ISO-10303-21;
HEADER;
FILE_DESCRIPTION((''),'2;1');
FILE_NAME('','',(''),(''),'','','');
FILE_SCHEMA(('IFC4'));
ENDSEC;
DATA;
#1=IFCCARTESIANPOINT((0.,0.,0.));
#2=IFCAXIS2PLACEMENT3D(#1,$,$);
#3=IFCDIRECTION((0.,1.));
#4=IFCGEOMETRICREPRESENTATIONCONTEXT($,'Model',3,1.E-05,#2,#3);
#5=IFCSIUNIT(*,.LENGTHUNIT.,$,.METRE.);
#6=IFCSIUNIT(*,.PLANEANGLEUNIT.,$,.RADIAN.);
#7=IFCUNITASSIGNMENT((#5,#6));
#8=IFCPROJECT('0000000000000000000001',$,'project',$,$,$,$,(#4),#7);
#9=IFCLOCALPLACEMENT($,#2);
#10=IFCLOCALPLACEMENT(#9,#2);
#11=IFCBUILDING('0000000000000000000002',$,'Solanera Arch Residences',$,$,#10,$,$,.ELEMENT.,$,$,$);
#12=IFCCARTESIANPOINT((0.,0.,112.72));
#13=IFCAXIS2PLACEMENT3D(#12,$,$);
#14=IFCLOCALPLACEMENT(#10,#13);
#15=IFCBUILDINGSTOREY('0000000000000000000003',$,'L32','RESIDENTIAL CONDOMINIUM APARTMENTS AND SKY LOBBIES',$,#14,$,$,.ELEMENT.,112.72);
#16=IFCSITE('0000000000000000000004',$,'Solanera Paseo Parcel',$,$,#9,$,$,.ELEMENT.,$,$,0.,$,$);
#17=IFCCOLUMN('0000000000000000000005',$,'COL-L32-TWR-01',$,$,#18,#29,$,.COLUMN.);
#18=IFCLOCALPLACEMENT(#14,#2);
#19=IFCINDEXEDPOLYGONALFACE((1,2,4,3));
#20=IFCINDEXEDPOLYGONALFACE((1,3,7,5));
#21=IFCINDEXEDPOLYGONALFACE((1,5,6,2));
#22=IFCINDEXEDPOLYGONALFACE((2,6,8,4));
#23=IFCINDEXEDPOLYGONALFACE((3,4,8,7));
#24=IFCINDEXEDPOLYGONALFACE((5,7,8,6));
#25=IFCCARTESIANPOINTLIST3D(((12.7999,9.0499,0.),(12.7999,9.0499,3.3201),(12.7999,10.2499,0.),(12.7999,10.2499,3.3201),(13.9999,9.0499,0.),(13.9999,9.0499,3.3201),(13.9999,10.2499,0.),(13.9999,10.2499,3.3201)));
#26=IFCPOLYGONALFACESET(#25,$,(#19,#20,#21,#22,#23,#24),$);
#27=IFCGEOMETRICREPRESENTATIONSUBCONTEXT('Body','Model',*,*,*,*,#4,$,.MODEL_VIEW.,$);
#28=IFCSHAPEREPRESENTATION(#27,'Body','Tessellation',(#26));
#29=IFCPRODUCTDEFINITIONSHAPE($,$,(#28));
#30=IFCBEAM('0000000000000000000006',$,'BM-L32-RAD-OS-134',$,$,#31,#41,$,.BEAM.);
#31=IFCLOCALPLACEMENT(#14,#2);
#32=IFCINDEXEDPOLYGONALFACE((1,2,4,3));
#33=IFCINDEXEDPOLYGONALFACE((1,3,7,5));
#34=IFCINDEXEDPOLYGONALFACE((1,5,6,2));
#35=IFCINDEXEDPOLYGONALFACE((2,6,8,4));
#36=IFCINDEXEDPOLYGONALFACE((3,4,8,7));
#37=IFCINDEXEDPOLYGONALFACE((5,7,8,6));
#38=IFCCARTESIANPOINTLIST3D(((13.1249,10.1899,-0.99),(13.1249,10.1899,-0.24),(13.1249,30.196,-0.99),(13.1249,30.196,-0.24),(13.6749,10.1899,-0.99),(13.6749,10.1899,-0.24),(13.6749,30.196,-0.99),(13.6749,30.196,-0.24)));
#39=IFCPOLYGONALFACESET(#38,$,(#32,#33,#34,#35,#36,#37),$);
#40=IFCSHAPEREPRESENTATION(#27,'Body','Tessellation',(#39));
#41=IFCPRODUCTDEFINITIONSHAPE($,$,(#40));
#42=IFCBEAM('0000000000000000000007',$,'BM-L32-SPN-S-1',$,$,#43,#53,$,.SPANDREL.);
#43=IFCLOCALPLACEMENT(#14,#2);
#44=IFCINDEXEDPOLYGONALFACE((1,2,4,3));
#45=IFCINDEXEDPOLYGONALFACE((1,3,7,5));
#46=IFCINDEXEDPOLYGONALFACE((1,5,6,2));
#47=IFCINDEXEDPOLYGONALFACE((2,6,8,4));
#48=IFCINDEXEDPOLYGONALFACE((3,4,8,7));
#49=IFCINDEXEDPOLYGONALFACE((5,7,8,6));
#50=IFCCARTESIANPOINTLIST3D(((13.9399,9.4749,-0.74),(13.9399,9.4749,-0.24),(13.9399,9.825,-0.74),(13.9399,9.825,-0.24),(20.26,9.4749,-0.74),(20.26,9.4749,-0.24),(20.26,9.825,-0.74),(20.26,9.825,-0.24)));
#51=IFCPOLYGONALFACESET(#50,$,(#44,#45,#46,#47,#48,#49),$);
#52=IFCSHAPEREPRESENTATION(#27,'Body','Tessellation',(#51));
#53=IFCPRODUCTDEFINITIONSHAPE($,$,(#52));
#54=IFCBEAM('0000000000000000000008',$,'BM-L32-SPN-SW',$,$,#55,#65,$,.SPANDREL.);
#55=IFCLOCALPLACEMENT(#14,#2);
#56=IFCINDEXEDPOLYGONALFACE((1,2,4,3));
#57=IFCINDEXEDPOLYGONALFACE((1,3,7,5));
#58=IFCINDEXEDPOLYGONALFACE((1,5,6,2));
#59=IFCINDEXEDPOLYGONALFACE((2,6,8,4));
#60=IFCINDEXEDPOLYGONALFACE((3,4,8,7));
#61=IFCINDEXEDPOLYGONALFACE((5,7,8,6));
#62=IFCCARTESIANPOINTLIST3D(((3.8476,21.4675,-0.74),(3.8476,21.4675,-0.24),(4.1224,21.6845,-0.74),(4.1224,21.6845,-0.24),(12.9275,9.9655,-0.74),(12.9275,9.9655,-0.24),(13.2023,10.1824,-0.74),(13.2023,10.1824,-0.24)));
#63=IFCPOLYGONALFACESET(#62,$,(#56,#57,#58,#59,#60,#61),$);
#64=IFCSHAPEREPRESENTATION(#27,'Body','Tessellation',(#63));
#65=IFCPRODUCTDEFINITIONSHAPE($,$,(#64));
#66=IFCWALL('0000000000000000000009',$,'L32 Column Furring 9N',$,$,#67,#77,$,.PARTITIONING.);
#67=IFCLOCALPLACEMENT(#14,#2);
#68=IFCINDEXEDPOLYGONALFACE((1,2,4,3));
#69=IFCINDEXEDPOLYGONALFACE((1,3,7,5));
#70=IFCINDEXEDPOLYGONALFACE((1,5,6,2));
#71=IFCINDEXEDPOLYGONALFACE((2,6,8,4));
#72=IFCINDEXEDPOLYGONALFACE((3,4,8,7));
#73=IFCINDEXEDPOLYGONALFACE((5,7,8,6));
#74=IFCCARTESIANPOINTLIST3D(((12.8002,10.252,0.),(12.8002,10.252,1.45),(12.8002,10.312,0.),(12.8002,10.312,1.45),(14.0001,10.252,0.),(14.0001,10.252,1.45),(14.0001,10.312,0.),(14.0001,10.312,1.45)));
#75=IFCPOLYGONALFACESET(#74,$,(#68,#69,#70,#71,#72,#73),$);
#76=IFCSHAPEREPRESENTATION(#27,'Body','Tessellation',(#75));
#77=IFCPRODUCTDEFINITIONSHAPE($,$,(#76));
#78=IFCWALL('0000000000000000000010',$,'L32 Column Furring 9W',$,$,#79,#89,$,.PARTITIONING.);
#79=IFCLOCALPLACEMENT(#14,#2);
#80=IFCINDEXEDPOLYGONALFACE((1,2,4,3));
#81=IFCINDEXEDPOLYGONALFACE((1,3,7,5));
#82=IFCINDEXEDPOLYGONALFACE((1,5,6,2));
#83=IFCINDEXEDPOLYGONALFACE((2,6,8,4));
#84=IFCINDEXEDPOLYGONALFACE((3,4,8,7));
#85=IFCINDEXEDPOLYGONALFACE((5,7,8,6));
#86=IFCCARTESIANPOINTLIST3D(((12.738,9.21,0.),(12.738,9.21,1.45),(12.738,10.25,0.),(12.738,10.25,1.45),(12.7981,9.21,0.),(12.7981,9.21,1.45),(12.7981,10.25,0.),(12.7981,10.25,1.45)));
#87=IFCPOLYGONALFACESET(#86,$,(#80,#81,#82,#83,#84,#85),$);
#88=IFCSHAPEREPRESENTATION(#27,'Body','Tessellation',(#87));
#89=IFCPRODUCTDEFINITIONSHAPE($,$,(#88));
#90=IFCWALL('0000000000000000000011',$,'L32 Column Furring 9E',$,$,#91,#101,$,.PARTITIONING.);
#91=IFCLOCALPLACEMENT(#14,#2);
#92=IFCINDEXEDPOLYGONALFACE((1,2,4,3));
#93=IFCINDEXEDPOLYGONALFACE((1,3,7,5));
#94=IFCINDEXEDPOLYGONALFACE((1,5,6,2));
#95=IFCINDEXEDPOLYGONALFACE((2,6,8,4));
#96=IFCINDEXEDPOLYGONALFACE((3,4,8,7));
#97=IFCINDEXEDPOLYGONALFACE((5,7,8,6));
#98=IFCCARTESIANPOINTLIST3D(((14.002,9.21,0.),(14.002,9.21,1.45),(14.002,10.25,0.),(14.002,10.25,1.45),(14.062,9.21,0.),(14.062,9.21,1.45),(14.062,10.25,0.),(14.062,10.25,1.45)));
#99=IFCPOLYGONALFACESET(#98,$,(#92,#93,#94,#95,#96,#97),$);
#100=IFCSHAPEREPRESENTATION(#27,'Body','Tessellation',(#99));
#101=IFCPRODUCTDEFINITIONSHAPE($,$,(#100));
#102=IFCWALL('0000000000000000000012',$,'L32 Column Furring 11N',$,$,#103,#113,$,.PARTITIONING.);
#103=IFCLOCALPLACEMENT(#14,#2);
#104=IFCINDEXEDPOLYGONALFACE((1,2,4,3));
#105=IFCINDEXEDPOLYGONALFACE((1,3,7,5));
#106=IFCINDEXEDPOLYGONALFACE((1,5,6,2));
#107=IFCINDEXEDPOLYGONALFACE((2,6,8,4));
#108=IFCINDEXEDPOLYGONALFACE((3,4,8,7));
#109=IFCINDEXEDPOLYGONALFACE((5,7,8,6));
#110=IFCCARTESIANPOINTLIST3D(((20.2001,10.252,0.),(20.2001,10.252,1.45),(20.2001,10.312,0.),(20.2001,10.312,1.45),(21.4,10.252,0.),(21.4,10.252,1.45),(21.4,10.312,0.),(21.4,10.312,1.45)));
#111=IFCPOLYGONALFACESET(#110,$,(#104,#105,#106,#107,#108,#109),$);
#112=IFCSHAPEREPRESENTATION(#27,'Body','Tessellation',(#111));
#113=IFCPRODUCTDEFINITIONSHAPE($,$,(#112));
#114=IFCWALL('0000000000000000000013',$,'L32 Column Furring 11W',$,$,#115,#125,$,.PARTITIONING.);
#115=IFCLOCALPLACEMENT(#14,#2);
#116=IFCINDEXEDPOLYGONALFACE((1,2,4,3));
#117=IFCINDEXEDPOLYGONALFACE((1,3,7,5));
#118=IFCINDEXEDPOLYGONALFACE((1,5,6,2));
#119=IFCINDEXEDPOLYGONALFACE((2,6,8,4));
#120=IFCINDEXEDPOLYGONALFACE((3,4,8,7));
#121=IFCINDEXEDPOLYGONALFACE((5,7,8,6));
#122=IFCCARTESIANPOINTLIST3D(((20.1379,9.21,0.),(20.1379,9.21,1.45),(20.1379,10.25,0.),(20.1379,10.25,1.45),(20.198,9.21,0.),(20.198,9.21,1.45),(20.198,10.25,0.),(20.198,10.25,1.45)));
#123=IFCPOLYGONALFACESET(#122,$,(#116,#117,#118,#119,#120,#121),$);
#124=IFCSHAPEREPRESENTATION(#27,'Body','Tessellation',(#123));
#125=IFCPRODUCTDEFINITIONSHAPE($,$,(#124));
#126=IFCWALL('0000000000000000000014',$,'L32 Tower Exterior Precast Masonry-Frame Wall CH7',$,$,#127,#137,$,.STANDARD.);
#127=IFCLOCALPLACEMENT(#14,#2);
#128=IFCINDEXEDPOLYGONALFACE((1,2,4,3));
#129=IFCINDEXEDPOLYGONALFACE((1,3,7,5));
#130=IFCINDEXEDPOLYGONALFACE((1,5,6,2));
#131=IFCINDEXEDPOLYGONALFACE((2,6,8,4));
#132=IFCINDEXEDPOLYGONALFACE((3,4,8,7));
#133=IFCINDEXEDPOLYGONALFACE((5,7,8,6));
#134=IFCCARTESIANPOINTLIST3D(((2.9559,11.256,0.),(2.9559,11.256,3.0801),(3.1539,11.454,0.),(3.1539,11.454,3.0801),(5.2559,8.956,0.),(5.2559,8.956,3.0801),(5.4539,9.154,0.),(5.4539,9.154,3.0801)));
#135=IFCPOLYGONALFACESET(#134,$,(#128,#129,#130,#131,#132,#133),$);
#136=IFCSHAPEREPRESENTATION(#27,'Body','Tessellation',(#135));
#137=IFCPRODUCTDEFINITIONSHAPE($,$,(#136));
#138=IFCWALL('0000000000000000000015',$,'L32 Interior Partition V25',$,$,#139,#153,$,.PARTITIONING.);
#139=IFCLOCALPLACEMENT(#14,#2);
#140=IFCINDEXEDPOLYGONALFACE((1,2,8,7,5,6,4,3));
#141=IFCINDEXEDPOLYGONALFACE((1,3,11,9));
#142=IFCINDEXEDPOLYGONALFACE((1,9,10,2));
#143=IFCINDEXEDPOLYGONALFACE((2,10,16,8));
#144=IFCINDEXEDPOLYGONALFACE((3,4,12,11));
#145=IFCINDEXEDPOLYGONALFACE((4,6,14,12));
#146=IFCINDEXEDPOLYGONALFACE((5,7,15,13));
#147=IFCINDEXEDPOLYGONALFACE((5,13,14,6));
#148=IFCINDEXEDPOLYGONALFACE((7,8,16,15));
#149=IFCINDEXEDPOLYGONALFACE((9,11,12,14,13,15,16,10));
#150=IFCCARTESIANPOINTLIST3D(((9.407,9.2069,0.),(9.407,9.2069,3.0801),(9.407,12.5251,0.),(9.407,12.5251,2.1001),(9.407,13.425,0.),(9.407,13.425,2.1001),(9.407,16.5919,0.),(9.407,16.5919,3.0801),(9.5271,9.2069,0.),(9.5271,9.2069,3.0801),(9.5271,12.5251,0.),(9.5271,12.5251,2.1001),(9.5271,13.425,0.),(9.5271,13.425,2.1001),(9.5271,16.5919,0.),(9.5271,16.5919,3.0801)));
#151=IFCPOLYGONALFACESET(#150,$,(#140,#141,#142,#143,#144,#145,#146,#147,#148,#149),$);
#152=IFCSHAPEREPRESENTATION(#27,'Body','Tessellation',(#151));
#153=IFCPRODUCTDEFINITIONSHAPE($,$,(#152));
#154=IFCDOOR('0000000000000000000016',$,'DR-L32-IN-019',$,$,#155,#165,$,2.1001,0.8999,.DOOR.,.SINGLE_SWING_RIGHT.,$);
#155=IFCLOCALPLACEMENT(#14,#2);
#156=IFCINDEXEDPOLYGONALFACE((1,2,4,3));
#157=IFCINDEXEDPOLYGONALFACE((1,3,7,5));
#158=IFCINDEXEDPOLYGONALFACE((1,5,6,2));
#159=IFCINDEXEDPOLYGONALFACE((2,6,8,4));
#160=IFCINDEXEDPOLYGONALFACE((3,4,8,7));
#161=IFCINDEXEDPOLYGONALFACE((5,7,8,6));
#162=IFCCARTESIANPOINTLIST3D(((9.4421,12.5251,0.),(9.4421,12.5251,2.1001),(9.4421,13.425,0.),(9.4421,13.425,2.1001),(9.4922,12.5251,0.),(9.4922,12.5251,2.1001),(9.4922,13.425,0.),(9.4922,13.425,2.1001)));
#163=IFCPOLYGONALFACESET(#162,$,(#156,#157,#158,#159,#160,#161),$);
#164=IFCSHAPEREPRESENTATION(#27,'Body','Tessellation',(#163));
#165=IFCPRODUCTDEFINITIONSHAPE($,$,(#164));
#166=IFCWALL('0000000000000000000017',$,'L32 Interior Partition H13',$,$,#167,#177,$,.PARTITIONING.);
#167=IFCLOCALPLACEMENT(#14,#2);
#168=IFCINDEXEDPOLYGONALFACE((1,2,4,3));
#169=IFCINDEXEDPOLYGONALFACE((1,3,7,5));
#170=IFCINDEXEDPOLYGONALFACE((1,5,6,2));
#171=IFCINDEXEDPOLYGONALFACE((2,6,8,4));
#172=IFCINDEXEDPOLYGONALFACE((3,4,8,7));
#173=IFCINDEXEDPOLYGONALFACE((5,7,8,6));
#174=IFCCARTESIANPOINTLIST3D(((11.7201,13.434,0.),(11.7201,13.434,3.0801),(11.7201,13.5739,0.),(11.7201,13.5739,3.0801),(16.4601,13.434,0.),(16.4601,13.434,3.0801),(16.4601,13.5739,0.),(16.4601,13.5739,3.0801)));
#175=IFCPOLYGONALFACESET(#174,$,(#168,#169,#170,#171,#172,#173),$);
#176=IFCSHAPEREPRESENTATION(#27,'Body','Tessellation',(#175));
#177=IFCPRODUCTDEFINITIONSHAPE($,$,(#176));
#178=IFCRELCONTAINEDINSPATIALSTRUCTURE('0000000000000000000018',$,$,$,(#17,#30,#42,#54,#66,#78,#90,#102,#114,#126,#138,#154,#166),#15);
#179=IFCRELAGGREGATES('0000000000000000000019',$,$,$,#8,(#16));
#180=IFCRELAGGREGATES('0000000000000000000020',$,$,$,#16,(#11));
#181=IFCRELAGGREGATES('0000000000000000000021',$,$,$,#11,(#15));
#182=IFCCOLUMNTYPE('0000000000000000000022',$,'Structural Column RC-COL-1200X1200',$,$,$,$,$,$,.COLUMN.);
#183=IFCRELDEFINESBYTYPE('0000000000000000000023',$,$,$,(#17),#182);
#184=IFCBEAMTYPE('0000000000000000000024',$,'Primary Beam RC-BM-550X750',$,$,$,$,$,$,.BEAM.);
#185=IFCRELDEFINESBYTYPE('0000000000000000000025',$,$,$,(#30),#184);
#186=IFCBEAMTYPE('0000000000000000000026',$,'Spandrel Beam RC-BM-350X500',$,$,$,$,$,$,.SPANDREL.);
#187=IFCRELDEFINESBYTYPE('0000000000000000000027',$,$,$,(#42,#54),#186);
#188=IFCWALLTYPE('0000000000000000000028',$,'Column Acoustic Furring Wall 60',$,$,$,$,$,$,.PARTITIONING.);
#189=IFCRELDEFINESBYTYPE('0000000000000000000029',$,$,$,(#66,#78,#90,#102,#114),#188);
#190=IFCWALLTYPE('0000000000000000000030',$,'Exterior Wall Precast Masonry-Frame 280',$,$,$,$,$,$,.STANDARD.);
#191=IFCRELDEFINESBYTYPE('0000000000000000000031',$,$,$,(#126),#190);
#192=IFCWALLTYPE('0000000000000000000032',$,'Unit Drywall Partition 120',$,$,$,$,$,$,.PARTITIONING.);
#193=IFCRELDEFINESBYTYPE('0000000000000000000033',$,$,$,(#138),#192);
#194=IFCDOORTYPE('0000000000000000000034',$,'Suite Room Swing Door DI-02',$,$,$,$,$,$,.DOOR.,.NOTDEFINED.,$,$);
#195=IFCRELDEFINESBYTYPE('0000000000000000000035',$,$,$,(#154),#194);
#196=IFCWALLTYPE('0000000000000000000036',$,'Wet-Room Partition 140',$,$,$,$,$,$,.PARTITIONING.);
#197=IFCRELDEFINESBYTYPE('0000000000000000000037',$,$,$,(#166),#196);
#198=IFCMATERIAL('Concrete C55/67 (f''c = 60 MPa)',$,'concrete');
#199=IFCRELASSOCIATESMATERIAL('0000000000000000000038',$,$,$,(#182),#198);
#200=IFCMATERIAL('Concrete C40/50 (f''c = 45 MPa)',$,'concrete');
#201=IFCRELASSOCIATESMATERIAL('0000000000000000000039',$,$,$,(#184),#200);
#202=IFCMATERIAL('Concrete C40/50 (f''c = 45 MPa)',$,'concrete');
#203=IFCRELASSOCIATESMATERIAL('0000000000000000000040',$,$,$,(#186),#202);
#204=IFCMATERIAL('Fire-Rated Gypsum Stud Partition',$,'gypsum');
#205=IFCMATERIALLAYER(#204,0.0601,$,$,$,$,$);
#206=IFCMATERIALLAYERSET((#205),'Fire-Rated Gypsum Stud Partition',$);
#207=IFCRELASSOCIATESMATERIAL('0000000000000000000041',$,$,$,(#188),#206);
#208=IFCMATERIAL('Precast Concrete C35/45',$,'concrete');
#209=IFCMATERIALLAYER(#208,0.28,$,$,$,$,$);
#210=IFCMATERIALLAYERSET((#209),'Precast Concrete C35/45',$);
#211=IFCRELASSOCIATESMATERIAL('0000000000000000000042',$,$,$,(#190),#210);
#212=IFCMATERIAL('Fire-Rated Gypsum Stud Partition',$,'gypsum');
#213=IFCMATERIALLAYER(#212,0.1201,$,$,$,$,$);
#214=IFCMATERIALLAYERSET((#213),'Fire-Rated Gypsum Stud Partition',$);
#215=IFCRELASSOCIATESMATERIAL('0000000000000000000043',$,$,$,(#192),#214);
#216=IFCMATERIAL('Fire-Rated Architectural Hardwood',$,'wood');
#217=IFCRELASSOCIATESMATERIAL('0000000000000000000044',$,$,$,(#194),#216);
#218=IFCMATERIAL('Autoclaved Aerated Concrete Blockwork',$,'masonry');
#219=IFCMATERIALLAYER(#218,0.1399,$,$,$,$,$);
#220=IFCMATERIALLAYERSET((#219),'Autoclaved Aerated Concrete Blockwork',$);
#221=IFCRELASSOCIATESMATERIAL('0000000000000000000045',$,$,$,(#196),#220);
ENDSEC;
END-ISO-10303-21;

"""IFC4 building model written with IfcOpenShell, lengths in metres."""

from ifc_helpers import new_model, si_unit, direction, frame, frame_2d, origin, origin_2d, place, context, subcontext, project, spatial, rectangle, extrude, material, layer, layer_set, material_profile, profile_set, type_object, element, fill, save


model = new_model("IFC4")

# Units and contexts
model_context = context("Model", 3, precision=1e-05, world=origin(), true_north=direction((0.0, 1.0)))
body_context = subcontext(model_context, "Body", "Model", "MODEL_VIEW")
ifc_project = project(units=[si_unit("LENGTHUNIT", "METRE"), si_unit("PLANEANGLEUNIT", "RADIAN")], contexts=[model_context])

# Site, building, storey
site_placement = place(None, origin())
site = spatial("IfcSite", under=ifc_project, at=site_placement, Name="Solanera Paseo Parcel", CompositionType="ELEMENT", RefElevation=0.0)
building_placement = place(site_placement, origin())
building = spatial("IfcBuilding", under=site, at=building_placement, Name="Solanera Arch Residences", CompositionType="ELEMENT")
storey_placement = place(building_placement, frame((0.0, 0.0, 112.72)))
storey = spatial("IfcBuildingStorey", under=building, at=storey_placement, Name="L32", Description="RESIDENTIAL CONDOMINIUM APARTMENTS AND SKY LOBBIES", CompositionType="ELEMENT", Elevation=112.72)

# Column
ifc_material_1 = material(Name="Concrete C55/67 (f'c = 60 MPa)", Category="concrete")
ifc_material_profile_1 = material_profile(ifc_material_1, rectangle(XDim=1.2, YDim=1.2, at=origin_2d()))
ifc_profile_set_1 = profile_set([ifc_material_profile_1], Name="Concrete C55/67 (f'c = 60 MPa)")
column_type = type_object("IfcColumnType", Name="Structural Column RC-COL-1200X1200", PredefinedType="COLUMN", material=ifc_profile_set_1)
column_placement = place(storey_placement, frame((13.3999, 9.6499, 0.0), z_axis=(0.0, 0.0, 1.0), x_axis=(1.0, 0.0, 0.0)))
element("IfcColumn", 1, at=column_placement, inside=storey, type_object=column_type, Name="COL-L32-TWR-01", PredefinedType="COLUMN", context=body_context, shape_type="SweptSolid", body=[
    extrude(rectangle(XDim=1.2, YDim=1.2, at=origin_2d()), origin(), (0.0, 0.0, 1.0), 3.3201),
])

# Beams
ifc_material_2 = material(Name="Concrete C40/50 (f'c = 45 MPa)", Category="concrete")
ifc_material_profile_2 = material_profile(ifc_material_2, rectangle(XDim=0.55, YDim=0.75, at=origin_2d()))
ifc_profile_set_2 = profile_set([ifc_material_profile_2], Name="Concrete C40/50 (f'c = 45 MPa)")
beam_type_1 = type_object("IfcBeamType", Name="Primary Beam RC-BM-550X750", PredefinedType="BEAM", material=ifc_profile_set_2)
beam_1_placement = place(storey_placement, frame((13.3999, 10.1899, -0.615), z_axis=(0.0, 1.0, 0.0), x_axis=(-1.0, 0.0, 0.0)))
element("IfcBeam", 2, at=beam_1_placement, inside=storey, type_object=beam_type_1, Name="BM-L32-RAD-OS-134", PredefinedType="BEAM", context=body_context, shape_type="SweptSolid", body=[
    extrude(rectangle(XDim=0.55, YDim=0.75, at=origin_2d()), origin(), (0.0, 0.0, 1.0), 20.0061),
])
ifc_material_3 = material(Name="Concrete C40/50 (f'c = 45 MPa)", Category="concrete")
ifc_material_profile_3 = material_profile(ifc_material_3, rectangle(XDim=0.3501, YDim=0.5, at=origin_2d()))
ifc_profile_set_3 = profile_set([ifc_material_profile_3], Name="Concrete C40/50 (f'c = 45 MPa)")
beam_type_2 = type_object("IfcBeamType", Name="Spandrel Beam RC-BM-350X500", PredefinedType="SPANDREL", material=ifc_profile_set_3)
beam_2_placement = place(storey_placement, frame((13.9399, 9.6499, -0.49), z_axis=(1.0, 0.0, 0.0), x_axis=(0.0, 1.0, 0.0)))
element("IfcBeam", 3, at=beam_2_placement, inside=storey, type_object=beam_type_2, Name="BM-L32-SPN-S-1", PredefinedType="SPANDREL", context=body_context, shape_type="SweptSolid", body=[
    extrude(rectangle(XDim=0.3501, YDim=0.5, at=origin_2d()), origin(), (0.0, 0.0, 1.0), 6.3201),
])
beam_3_placement = place(storey_placement, frame((13.0649, 10.074, -0.49), z_axis=(-0.619617, 0.784905, 0.0), x_axis=(-0.784905, -0.619617, 0.0)))
element("IfcBeam", 4, at=beam_3_placement, inside=storey, type_object=beam_type_2, Name="BM-L32-SPN-SW", PredefinedType="SPANDREL", context=body_context, shape_type="SweptSolid", body=[
    extrude(rectangle(XDim=0.3501, YDim=0.5, at=origin_2d()), origin(), (0.0, 0.0, 1.0), 14.6541),
])

# Walls
ifc_material_4 = material(Name="Fire-Rated Gypsum Stud Partition", Category="gypsum")
ifc_layer_1 = layer(ifc_material_4, 0.0601)
ifc_layer_set_1 = layer_set([ifc_layer_1], Name="Fire-Rated Gypsum Stud Partition")
wall_type_1 = type_object("IfcWallType", Name="Column Acoustic Furring Wall 60", PredefinedType="PARTITIONING", material=ifc_layer_set_1)
wall_1_placement = place(storey_placement, frame((12.8, 10.282, 0.0), z_axis=(0.0, 0.0, 1.0), x_axis=(1.0, 0.0, 0.0)))
element("IfcWall", 5, at=wall_1_placement, inside=storey, type_object=wall_type_1, Name="L32 Column Furring 9N", PredefinedType="PARTITIONING", context=body_context, shape_type="SweptSolid", body=[
    extrude(rectangle(XDim=1.2, YDim=0.0601, at=frame_2d((0.6001, 0.0))), origin(), (0.0, 0.0, 1.0), 1.45),
])
for number, where, z_axis, x_axis, name in (
    (6, (12.7681, 9.21, 0.0), (0.0, 0.0, 1.0), (0.0, 1.0, 0.0), "L32 Column Furring 9W"),
    (7, (14.032, 9.21, 0.0), (0.0, 0.0, 1.0), (0.0, 1.0, 0.0), "L32 Column Furring 9E"),
):
    element("IfcWall", number, at=place(storey_placement, frame(where, z_axis=z_axis, x_axis=x_axis)), inside=storey, type_object=wall_type_1, Name=name, PredefinedType="PARTITIONING", context=body_context, shape_type="SweptSolid", body=[
        extrude(rectangle(XDim=1.04, YDim=0.0601, at=frame_2d((0.52, 0.0))), origin(), (0.0, 0.0, 1.0), 1.45),
    ])
wall_2_placement = place(storey_placement, frame((20.2, 10.282, 0.0), z_axis=(0.0, 0.0, 1.0), x_axis=(1.0, 0.0, 0.0)))
element("IfcWall", 8, at=wall_2_placement, inside=storey, type_object=wall_type_1, Name="L32 Column Furring 11N", PredefinedType="PARTITIONING", context=body_context, shape_type="SweptSolid", body=[
    extrude(rectangle(XDim=1.2, YDim=0.0601, at=frame_2d((0.6001, 0.0))), origin(), (0.0, 0.0, 1.0), 1.45),
])
wall_3_placement = place(storey_placement, frame((20.168, 9.21, 0.0), z_axis=(0.0, 0.0, 1.0), x_axis=(0.0, 1.0, 0.0)))
element("IfcWall", 9, at=wall_3_placement, inside=storey, type_object=wall_type_1, Name="L32 Column Furring 11W", PredefinedType="PARTITIONING", context=body_context, shape_type="SweptSolid", body=[
    extrude(rectangle(XDim=1.04, YDim=0.0601, at=frame_2d((0.52, 0.0))), origin(), (0.0, 0.0, 1.0), 1.45),
])
ifc_material_5 = material(Name="Precast Concrete C35/45", Category="concrete")
ifc_layer_2 = layer(ifc_material_5, 0.28)
ifc_layer_set_2 = layer_set([ifc_layer_2], Name="Precast Concrete C35/45")
wall_type_2 = type_object("IfcWallType", Name="Exterior Wall Precast Masonry-Frame 280", PredefinedType="STANDARD", material=ifc_layer_set_2)
wall_4_placement = place(storey_placement, frame((5.355, 9.0549, 0.0), z_axis=(0.0, 0.0, 1.0), x_axis=(-0.707107, 0.707107, 0.0)))
element("IfcWall", 10, at=wall_4_placement, inside=storey, type_object=wall_type_2, Name="L32 Tower Exterior Precast Masonry-Frame Wall CH7", PredefinedType="STANDARD", context=body_context, shape_type="SweptSolid", body=[
    extrude(rectangle(XDim=3.2527, YDim=0.28, at=frame_2d((1.6265, 0.0))), origin(), (0.0, 0.0, 1.0), 3.0801),
])

# Wall, opening, door
ifc_material_6 = material(Name="Fire-Rated Gypsum Stud Partition", Category="gypsum")
ifc_layer_3 = layer(ifc_material_6, 0.1201)
ifc_layer_set_3 = layer_set([ifc_layer_3], Name="Fire-Rated Gypsum Stud Partition")
wall_type_3 = type_object("IfcWallType", Name="Unit Drywall Partition 120", PredefinedType="PARTITIONING", material=ifc_layer_set_3)
wall_5_placement = place(storey_placement, frame((9.467, 9.207, 0.0), z_axis=(0.0, 0.0, 1.0), x_axis=(0.0, 1.0, 0.0)))
wall_5 = element("IfcWall", 11, at=wall_5_placement, inside=storey, type_object=wall_type_3, Name="L32 Interior Partition V25", PredefinedType="PARTITIONING", context=body_context, shape_type="SweptSolid", body=[
    extrude(rectangle(XDim=7.385, YDim=0.1201, at=frame_2d((3.6924, 0.0))), origin(), (0.0, 0.0, 1.0), 3.0801),
])
opening_1_placement = place(wall_5_placement, frame((3.3181, 0.0, 0.0)))
opening_1 = element("IfcOpeningElement", 12, at=opening_1_placement, cuts=wall_5, PredefinedType="OPENING", context=body_context, shape_type="SweptSolid", body=[
    extrude(rectangle(XDim=0.8999, YDim=2.1001, at=frame_2d((0.45, 1.05))), frame((0.0, 0.0701, 0.0), z_axis=(0.0, -1.0, 0.0), x_axis=(1.0, 0.0, 0.0)), (0.0, 0.0, 1.0), 0.1401),
])
ifc_material_7 = material(Name="Fire-Rated Architectural Hardwood", Category="wood")
door_type_1 = type_object("IfcDoorType", Name="Suite Room Swing Door DI-02", OperationType="NOTDEFINED", PredefinedType="DOOR", material=ifc_material_7)
door_1_placement = place(opening_1_placement, origin())
door_1 = element("IfcDoor", 13, at=door_1_placement, inside=storey, type_object=door_type_1, Name="DR-L32-IN-019", OperationType="SINGLE_SWING_RIGHT", OverallHeight=2.1001, OverallWidth=0.8999, PredefinedType="DOOR", context=body_context, shape_type="SweptSolid", body=[
    extrude(rectangle(XDim=0.8999, YDim=2.1001, at=frame_2d((0.45, 1.05))), frame((0.0, 0.0249, 0.0), z_axis=(0.0, -1.0, 0.0), x_axis=(1.0, 0.0, 0.0)), (0.0, 0.0, 1.0), 0.05),
])
fill(opening_1, door_1)

# Wall
ifc_material_8 = material(Name="Autoclaved Aerated Concrete Blockwork", Category="masonry")
ifc_layer_4 = layer(ifc_material_8, 0.1399)
ifc_layer_set_4 = layer_set([ifc_layer_4], Name="Autoclaved Aerated Concrete Blockwork")
wall_type_4 = type_object("IfcWallType", Name="Wet-Room Partition 140", PredefinedType="PARTITIONING", material=ifc_layer_set_4)
wall_6_placement = place(storey_placement, frame((11.72, 13.5039, 0.0), z_axis=(0.0, 0.0, 1.0), x_axis=(1.0, 0.0, 0.0)))
element("IfcWall", 14, at=wall_6_placement, inside=storey, type_object=wall_type_4, Name="L32 Interior Partition H13", PredefinedType="PARTITIONING", context=body_context, shape_type="SweptSolid", body=[
    extrude(rectangle(XDim=4.74, YDim=0.1399, at=frame_2d((2.3701, 0.0))), origin(), (0.0, 0.0, 1.0), 3.0801),
])

save(model, "model.ifc")
